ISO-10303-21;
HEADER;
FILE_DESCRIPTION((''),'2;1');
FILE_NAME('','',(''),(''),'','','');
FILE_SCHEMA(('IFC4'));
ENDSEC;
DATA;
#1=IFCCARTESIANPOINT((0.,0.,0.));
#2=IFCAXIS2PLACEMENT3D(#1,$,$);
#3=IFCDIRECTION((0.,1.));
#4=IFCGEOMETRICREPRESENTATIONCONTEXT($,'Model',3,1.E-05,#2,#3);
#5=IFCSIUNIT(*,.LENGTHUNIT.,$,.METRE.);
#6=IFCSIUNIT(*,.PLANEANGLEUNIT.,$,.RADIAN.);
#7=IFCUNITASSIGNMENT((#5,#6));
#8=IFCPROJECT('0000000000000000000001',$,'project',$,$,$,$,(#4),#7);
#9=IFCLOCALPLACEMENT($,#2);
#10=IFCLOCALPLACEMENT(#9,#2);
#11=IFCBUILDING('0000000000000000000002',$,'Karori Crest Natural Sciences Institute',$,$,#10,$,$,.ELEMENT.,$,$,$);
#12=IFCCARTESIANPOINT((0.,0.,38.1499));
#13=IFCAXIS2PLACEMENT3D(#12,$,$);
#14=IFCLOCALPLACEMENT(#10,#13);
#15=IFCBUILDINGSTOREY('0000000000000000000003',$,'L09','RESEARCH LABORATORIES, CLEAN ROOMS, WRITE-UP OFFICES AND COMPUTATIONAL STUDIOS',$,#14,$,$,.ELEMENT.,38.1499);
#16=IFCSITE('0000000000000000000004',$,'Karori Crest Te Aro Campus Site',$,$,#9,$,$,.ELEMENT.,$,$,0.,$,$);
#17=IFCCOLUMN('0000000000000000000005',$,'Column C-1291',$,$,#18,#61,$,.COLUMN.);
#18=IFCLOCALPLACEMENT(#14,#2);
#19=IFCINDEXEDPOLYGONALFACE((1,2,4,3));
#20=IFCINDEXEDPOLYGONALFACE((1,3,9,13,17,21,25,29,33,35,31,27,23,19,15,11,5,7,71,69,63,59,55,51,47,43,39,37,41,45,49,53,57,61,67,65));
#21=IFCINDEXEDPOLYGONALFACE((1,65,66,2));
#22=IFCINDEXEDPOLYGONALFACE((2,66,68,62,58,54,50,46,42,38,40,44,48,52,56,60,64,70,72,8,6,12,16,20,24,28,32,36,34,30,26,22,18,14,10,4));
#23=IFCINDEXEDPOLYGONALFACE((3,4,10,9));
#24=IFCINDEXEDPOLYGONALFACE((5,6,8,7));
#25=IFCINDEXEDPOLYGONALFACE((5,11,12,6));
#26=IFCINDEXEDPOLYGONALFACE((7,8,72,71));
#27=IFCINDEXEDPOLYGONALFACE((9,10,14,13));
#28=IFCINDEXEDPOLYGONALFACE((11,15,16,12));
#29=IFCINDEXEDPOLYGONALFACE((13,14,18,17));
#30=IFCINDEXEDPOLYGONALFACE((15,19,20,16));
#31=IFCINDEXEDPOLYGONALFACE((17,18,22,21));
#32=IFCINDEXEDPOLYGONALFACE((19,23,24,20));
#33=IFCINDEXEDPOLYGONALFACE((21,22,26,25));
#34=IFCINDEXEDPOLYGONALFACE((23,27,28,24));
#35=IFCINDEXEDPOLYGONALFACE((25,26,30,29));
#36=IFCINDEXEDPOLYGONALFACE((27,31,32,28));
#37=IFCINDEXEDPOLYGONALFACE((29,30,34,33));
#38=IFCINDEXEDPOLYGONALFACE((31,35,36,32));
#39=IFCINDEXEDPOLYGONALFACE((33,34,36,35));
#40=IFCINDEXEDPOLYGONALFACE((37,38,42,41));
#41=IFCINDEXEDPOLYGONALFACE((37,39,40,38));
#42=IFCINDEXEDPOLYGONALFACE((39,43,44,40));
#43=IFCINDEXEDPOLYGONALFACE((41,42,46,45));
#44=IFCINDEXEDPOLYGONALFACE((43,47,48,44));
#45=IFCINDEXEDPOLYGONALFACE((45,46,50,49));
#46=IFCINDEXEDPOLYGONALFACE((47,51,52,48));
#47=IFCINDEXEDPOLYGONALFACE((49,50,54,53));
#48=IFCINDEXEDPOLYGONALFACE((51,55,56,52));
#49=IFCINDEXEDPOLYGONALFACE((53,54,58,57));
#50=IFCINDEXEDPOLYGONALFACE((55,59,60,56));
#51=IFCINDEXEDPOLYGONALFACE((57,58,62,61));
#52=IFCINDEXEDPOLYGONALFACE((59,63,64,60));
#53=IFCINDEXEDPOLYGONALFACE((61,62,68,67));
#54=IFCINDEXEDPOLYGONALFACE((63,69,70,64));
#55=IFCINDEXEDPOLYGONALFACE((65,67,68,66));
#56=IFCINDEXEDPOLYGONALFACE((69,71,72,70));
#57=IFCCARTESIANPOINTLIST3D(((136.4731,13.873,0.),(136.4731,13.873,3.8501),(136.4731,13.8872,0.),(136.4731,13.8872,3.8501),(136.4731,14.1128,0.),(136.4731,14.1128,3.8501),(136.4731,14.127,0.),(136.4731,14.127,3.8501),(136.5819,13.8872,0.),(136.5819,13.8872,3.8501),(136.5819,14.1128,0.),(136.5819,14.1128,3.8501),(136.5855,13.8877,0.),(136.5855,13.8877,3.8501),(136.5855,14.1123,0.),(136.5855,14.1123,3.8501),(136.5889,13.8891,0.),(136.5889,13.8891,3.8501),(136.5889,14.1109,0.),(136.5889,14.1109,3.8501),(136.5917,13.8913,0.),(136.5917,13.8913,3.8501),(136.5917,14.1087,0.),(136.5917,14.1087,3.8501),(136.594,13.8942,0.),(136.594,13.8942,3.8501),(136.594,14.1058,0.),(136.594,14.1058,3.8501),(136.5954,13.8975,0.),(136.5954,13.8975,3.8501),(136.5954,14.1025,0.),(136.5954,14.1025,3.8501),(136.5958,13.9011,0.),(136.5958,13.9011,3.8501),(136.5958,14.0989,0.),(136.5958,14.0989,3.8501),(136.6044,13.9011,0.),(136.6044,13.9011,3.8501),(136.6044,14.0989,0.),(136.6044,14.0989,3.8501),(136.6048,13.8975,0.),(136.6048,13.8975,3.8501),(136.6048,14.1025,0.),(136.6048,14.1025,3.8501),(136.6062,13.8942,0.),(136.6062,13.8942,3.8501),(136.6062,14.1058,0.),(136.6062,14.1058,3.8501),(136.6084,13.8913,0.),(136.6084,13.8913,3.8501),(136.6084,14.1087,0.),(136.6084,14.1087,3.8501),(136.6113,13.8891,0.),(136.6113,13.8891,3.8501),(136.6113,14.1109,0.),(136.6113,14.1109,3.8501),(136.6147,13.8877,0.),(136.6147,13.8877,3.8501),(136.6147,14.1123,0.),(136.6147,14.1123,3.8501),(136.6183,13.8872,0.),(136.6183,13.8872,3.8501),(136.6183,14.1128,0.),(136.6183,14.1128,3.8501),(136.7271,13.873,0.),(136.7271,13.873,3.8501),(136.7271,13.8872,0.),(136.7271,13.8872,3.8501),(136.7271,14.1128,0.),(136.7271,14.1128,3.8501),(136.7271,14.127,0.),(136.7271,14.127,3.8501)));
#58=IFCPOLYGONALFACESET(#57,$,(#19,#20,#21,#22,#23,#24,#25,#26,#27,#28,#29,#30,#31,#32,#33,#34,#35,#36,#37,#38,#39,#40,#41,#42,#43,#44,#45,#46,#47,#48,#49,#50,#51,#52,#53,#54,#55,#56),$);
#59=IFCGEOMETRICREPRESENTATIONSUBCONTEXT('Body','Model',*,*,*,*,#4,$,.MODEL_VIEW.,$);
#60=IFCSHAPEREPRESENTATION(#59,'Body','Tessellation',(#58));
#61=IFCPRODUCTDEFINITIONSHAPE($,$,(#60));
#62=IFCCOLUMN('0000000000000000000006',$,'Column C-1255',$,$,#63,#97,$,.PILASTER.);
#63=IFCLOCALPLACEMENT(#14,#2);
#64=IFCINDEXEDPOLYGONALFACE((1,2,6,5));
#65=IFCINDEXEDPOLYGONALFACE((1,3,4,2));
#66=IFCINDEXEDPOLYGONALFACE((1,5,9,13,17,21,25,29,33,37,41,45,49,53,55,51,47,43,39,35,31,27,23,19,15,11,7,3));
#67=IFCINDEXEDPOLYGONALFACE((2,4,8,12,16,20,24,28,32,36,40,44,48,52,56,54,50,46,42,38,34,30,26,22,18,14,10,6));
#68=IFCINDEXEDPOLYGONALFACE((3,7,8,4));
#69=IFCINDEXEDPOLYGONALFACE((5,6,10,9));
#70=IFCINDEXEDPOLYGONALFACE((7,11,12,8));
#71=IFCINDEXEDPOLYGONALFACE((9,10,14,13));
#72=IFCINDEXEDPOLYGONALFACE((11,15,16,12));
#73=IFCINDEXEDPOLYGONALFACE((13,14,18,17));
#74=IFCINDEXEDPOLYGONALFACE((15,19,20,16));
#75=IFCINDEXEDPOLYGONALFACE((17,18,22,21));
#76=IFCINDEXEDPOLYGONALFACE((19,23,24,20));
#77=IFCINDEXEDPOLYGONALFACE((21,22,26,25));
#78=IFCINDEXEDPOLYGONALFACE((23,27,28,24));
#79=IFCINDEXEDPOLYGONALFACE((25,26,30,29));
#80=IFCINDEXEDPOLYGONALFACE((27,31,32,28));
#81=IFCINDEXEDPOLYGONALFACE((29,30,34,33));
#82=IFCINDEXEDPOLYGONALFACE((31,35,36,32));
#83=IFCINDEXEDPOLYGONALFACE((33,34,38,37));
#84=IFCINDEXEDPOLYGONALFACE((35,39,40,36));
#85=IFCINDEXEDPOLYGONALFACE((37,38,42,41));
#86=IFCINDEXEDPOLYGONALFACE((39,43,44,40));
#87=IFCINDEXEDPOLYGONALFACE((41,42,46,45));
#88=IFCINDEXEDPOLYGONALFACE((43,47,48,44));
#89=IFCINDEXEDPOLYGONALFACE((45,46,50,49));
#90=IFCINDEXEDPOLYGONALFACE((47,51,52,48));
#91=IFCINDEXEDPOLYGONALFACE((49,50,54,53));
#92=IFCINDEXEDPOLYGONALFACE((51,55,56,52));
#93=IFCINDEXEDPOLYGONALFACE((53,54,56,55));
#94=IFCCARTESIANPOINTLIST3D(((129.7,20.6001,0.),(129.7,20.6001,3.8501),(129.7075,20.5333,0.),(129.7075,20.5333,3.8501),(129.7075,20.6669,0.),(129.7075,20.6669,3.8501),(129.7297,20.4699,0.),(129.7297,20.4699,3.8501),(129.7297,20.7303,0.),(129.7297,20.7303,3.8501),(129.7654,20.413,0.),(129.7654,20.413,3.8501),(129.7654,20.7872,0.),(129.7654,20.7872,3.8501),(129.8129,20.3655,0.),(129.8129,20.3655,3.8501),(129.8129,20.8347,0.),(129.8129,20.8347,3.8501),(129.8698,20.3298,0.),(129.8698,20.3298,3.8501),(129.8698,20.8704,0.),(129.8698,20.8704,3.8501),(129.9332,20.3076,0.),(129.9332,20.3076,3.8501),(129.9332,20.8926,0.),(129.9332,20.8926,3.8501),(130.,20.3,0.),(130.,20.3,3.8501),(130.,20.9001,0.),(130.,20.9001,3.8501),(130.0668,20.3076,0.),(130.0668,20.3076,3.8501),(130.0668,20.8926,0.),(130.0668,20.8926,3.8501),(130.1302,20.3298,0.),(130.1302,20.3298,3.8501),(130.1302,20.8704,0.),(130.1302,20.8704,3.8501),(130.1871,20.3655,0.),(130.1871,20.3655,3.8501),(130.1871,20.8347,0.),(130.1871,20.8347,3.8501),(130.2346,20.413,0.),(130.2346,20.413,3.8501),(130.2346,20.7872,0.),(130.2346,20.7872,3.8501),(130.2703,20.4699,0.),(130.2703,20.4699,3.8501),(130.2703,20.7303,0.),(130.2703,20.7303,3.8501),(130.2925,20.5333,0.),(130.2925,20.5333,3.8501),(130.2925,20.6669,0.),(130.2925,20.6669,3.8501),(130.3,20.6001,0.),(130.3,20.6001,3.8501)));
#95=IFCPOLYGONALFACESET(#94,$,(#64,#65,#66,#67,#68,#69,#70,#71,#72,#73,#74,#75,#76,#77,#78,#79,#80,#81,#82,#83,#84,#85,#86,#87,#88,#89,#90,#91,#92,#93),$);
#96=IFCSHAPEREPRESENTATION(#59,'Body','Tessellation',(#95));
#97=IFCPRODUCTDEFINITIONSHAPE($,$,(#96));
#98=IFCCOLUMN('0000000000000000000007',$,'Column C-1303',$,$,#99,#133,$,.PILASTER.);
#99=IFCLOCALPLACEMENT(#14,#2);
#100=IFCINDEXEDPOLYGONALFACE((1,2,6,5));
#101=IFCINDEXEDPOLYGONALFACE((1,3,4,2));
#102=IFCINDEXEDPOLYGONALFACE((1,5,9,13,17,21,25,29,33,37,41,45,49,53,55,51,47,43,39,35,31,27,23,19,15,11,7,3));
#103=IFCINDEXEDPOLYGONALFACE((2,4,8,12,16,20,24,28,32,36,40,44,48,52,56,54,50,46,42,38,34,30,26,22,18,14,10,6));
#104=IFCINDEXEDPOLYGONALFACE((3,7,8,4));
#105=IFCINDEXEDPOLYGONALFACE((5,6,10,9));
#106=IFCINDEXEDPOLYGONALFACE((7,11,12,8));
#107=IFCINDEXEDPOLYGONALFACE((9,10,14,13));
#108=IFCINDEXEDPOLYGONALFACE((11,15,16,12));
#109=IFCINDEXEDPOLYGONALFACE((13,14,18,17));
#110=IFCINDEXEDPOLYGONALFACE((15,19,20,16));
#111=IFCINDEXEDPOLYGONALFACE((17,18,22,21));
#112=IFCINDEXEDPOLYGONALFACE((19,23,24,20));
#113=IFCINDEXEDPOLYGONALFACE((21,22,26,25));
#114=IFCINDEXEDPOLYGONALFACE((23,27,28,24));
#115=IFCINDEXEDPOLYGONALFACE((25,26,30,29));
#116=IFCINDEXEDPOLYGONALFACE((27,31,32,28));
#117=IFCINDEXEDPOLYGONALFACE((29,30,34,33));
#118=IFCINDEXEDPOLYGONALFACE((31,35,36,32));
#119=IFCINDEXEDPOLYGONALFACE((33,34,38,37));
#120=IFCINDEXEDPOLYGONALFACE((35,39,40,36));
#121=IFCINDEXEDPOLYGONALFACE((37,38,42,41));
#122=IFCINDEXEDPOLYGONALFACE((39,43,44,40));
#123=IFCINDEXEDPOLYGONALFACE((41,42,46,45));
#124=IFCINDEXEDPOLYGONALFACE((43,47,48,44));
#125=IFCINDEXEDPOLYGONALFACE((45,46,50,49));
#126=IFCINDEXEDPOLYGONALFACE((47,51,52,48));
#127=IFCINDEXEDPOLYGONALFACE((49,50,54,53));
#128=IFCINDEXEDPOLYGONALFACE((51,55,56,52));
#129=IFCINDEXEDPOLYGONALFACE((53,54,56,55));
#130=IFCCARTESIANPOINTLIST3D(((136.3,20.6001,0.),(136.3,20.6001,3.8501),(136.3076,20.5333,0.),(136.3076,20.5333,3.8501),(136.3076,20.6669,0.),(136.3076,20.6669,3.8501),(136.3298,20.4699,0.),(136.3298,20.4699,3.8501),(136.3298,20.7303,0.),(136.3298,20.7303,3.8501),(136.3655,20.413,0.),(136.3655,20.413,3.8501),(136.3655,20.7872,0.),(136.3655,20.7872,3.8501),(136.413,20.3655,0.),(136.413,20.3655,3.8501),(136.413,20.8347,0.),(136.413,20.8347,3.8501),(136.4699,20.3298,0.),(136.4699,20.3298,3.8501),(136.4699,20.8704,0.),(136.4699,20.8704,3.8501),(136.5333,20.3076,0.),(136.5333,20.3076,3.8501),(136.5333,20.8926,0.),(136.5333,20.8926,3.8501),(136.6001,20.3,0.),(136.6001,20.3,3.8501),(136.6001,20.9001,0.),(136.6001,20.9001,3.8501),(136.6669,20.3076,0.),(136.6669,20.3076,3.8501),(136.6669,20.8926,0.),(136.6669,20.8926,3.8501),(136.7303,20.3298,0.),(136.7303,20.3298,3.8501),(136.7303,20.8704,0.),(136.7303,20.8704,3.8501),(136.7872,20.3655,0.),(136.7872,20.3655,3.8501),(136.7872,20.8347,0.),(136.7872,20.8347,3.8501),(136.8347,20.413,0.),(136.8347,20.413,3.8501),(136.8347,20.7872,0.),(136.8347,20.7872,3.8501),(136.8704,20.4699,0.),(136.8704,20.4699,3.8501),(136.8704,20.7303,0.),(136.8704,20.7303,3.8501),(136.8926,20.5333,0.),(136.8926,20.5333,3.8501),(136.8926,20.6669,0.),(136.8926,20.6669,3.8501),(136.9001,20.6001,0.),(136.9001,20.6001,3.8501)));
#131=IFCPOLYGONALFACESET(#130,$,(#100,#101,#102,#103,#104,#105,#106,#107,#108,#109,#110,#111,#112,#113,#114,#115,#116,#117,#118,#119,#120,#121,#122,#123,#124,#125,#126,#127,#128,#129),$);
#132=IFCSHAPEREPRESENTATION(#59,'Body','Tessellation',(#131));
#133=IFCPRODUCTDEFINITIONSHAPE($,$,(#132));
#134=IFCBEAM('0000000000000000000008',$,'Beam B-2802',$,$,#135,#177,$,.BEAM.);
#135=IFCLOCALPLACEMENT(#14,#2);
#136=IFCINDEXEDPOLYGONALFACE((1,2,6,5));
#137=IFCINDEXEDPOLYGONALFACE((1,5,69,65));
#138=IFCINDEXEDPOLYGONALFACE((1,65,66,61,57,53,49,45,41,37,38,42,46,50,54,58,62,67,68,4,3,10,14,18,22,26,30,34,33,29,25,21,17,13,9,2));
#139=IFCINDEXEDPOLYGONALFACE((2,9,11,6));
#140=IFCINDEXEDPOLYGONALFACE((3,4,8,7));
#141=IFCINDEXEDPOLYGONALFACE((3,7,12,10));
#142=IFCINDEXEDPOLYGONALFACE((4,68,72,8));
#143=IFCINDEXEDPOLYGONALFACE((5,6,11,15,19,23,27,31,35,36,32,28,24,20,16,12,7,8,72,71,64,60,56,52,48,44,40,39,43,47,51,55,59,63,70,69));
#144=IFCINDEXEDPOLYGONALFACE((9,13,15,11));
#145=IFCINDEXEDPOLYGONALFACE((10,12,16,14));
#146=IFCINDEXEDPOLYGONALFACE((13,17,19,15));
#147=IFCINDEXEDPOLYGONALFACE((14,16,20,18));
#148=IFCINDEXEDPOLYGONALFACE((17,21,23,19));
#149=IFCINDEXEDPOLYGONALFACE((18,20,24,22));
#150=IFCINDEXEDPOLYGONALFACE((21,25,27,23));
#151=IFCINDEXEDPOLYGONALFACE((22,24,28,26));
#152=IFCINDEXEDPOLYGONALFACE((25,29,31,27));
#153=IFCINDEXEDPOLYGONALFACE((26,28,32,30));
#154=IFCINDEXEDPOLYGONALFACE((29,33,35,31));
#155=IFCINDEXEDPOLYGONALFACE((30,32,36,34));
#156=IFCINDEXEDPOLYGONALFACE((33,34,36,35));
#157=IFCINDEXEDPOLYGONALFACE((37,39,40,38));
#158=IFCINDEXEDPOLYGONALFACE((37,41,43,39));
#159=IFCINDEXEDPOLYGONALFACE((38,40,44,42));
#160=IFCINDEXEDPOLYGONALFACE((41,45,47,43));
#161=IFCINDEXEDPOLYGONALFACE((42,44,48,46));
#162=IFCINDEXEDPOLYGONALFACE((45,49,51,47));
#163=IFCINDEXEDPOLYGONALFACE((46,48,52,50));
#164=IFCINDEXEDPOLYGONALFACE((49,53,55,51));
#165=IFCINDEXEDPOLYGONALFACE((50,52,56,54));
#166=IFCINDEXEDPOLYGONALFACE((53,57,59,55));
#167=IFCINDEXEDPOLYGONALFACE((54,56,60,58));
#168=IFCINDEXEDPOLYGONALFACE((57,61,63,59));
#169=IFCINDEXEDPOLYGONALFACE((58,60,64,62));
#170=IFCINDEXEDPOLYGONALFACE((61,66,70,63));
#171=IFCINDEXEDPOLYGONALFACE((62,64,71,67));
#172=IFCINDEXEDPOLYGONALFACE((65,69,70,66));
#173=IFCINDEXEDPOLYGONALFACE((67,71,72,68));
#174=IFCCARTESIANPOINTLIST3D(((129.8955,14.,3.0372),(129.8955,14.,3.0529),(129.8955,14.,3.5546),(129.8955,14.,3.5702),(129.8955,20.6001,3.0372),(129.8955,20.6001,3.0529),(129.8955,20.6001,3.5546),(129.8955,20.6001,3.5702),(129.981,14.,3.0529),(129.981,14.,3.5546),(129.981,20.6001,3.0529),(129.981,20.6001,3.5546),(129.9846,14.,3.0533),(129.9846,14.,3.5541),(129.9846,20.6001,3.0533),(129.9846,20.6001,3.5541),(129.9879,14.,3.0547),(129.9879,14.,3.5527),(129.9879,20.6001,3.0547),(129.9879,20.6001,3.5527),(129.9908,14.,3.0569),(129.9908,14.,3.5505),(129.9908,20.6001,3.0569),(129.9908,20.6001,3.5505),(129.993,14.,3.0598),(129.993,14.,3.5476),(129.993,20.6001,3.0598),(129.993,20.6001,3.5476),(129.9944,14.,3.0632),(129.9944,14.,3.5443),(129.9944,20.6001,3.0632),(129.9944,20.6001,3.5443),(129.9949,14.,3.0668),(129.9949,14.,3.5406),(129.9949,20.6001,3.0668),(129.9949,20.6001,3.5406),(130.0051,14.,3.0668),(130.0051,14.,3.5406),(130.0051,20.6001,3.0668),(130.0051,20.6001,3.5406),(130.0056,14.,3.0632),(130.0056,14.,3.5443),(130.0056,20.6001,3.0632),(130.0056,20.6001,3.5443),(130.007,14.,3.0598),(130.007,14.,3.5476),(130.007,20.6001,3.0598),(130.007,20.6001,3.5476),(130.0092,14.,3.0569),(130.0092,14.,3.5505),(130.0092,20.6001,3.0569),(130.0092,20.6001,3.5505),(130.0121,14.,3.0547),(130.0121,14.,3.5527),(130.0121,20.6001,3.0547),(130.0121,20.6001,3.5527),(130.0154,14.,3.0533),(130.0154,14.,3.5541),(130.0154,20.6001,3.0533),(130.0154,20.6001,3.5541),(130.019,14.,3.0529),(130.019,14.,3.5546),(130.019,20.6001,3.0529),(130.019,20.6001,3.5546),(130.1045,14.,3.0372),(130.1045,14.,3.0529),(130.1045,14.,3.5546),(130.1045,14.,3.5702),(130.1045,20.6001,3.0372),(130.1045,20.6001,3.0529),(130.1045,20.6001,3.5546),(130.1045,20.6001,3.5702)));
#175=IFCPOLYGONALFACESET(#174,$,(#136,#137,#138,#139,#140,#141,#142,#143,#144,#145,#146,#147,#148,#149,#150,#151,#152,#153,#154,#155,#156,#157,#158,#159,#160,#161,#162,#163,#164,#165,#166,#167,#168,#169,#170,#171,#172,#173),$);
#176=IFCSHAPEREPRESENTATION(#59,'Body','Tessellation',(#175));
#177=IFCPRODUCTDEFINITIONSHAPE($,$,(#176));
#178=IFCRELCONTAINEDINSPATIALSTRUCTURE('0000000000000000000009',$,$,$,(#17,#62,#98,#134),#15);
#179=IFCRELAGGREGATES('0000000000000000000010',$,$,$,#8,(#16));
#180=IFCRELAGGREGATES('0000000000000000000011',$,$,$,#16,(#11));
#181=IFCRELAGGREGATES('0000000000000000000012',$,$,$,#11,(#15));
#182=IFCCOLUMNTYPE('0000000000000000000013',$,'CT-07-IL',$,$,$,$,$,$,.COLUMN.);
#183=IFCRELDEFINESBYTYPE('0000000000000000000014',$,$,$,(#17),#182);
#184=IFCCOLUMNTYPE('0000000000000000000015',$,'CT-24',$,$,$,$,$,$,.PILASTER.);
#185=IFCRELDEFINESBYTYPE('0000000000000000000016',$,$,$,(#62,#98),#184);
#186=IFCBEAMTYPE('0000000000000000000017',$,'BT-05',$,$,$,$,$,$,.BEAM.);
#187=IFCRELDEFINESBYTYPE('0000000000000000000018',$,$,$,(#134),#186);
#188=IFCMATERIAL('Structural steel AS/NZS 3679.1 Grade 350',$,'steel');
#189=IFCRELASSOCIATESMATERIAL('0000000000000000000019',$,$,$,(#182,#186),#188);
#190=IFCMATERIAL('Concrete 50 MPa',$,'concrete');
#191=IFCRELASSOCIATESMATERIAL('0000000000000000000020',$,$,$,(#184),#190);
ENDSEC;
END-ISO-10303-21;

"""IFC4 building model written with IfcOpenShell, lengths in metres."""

from ifc_helpers import new_model, si_unit, direction, frame, origin, origin_2d, place, context, subcontext, project, spatial, circle, i_section, extrude, material, material_profile, profile_set, type_object, element, save


model = new_model("IFC4")

# Units and contexts
model_context = context("Model", 3, precision=1e-05, world=origin(), true_north=direction((0.0, 1.0)))
body_context = subcontext(model_context, "Body", "Model", "MODEL_VIEW")
ifc_project = project(units=[si_unit("LENGTHUNIT", "METRE"), si_unit("PLANEANGLEUNIT", "RADIAN")], contexts=[model_context])

# Site, building, storey
site_placement = place(None, origin())
site = spatial("IfcSite", under=ifc_project, at=site_placement, Name="Karori Crest Te Aro Campus Site", CompositionType="ELEMENT", RefElevation=0.0)
building_placement = place(site_placement, origin())
building = spatial("IfcBuilding", under=site, at=building_placement, Name="Karori Crest Natural Sciences Institute", CompositionType="ELEMENT")
storey_placement = place(building_placement, frame((0.0, 0.0, 38.1499)))
storey = spatial("IfcBuildingStorey", under=building, at=storey_placement, Name="L09", Description="RESEARCH LABORATORIES, CLEAN ROOMS, WRITE-UP OFFICES AND COMPUTATIONAL STUDIOS", CompositionType="ELEMENT", Elevation=38.1499)

# Columns
ifc_material_1 = material(Name="Structural steel AS/NZS 3679.1 Grade 350", Category="steel")
ifc_material_profile_1 = material_profile(ifc_material_1, i_section(OverallWidth=0.2539, OverallDepth=0.2539, WebThickness=0.0085, FlangeThickness=0.0142, FilletRadius=0.0139, at=origin_2d()), Name="250UC72.9")
ifc_profile_set_1 = profile_set([ifc_material_profile_1], Name="Structural steel AS/NZS 3679.1 Grade 350")
column_type_1 = type_object("IfcColumnType", Name="CT-07-IL", PredefinedType="COLUMN", material=ifc_profile_set_1)
column_placement = place(storey_placement, frame((136.6001, 14.0, 0.0), z_axis=(0.0, 0.0, 1.0), x_axis=(1.0, 0.0, 0.0)))
element("IfcColumn", 1, at=column_placement, inside=storey, type_object=column_type_1, Name="Column C-1291", PredefinedType="COLUMN", context=body_context, shape_type="SweptSolid", body=[
    extrude(i_section(OverallWidth=0.2539, OverallDepth=0.2539, WebThickness=0.0085, FlangeThickness=0.0142, FilletRadius=0.0139, at=origin_2d()), origin(), (0.0, 0.0, 1.0), 3.8501),
])
ifc_material_2 = material(Name="Concrete 50 MPa", Category="concrete")
ifc_material_profile_2 = material_profile(ifc_material_2, circle(Radius=0.3, at=origin_2d()), Name="RCC600")
ifc_profile_set_2 = profile_set([ifc_material_profile_2], Name="Concrete 50 MPa")
column_type_2 = type_object("IfcColumnType", Name="CT-24", PredefinedType="PILASTER", material=ifc_profile_set_2)
for number, where, z_axis, x_axis, name in (
    (2, (130.0, 20.6001, 0.0), (0.0, 0.0, 1.0), (1.0, 0.0, 0.0), "Column C-1255"),
    (3, (136.6001, 20.6001, 0.0), (0.0, 0.0, 1.0), (1.0, 0.0, 0.0), "Column C-1303"),
):
    element("IfcColumn", number, at=place(storey_placement, frame(where, z_axis=z_axis, x_axis=x_axis)), inside=storey, type_object=column_type_2, Name=name, PredefinedType="PILASTER", context=body_context, shape_type="SweptSolid", body=[
        extrude(circle(Radius=0.3, at=origin_2d()), origin(), (0.0, 0.0, 1.0), 3.8501),
    ])

# Beam
ifc_material_profile_3 = material_profile(ifc_material_1, i_section(OverallWidth=0.209, OverallDepth=0.533, WebThickness=0.0103, FlangeThickness=0.0156, FilletRadius=0.0139, at=origin_2d()), Name="530UB92.4")
ifc_profile_set_3 = profile_set([ifc_material_profile_3], Name="Structural steel AS/NZS 3679.1 Grade 350")
beam_type_1 = type_object("IfcBeamType", Name="BT-05", PredefinedType="BEAM", material=ifc_profile_set_3)
beam_1_placement = place(storey_placement, frame((130.0, 14.0, 3.3037), z_axis=(0.0, 1.0, 0.0), x_axis=(-1.0, 0.0, 0.0)))
element("IfcBeam", 4, at=beam_1_placement, inside=storey, type_object=beam_type_1, Name="Beam B-2802", PredefinedType="BEAM", context=body_context, shape_type="SweptSolid", body=[
    extrude(i_section(OverallWidth=0.209, OverallDepth=0.533, WebThickness=0.0103, FlangeThickness=0.0156, FilletRadius=0.0139, at=origin_2d()), origin(), (0.0, 0.0, 1.0), 6.6001),
])

save(model, "model.ifc")
